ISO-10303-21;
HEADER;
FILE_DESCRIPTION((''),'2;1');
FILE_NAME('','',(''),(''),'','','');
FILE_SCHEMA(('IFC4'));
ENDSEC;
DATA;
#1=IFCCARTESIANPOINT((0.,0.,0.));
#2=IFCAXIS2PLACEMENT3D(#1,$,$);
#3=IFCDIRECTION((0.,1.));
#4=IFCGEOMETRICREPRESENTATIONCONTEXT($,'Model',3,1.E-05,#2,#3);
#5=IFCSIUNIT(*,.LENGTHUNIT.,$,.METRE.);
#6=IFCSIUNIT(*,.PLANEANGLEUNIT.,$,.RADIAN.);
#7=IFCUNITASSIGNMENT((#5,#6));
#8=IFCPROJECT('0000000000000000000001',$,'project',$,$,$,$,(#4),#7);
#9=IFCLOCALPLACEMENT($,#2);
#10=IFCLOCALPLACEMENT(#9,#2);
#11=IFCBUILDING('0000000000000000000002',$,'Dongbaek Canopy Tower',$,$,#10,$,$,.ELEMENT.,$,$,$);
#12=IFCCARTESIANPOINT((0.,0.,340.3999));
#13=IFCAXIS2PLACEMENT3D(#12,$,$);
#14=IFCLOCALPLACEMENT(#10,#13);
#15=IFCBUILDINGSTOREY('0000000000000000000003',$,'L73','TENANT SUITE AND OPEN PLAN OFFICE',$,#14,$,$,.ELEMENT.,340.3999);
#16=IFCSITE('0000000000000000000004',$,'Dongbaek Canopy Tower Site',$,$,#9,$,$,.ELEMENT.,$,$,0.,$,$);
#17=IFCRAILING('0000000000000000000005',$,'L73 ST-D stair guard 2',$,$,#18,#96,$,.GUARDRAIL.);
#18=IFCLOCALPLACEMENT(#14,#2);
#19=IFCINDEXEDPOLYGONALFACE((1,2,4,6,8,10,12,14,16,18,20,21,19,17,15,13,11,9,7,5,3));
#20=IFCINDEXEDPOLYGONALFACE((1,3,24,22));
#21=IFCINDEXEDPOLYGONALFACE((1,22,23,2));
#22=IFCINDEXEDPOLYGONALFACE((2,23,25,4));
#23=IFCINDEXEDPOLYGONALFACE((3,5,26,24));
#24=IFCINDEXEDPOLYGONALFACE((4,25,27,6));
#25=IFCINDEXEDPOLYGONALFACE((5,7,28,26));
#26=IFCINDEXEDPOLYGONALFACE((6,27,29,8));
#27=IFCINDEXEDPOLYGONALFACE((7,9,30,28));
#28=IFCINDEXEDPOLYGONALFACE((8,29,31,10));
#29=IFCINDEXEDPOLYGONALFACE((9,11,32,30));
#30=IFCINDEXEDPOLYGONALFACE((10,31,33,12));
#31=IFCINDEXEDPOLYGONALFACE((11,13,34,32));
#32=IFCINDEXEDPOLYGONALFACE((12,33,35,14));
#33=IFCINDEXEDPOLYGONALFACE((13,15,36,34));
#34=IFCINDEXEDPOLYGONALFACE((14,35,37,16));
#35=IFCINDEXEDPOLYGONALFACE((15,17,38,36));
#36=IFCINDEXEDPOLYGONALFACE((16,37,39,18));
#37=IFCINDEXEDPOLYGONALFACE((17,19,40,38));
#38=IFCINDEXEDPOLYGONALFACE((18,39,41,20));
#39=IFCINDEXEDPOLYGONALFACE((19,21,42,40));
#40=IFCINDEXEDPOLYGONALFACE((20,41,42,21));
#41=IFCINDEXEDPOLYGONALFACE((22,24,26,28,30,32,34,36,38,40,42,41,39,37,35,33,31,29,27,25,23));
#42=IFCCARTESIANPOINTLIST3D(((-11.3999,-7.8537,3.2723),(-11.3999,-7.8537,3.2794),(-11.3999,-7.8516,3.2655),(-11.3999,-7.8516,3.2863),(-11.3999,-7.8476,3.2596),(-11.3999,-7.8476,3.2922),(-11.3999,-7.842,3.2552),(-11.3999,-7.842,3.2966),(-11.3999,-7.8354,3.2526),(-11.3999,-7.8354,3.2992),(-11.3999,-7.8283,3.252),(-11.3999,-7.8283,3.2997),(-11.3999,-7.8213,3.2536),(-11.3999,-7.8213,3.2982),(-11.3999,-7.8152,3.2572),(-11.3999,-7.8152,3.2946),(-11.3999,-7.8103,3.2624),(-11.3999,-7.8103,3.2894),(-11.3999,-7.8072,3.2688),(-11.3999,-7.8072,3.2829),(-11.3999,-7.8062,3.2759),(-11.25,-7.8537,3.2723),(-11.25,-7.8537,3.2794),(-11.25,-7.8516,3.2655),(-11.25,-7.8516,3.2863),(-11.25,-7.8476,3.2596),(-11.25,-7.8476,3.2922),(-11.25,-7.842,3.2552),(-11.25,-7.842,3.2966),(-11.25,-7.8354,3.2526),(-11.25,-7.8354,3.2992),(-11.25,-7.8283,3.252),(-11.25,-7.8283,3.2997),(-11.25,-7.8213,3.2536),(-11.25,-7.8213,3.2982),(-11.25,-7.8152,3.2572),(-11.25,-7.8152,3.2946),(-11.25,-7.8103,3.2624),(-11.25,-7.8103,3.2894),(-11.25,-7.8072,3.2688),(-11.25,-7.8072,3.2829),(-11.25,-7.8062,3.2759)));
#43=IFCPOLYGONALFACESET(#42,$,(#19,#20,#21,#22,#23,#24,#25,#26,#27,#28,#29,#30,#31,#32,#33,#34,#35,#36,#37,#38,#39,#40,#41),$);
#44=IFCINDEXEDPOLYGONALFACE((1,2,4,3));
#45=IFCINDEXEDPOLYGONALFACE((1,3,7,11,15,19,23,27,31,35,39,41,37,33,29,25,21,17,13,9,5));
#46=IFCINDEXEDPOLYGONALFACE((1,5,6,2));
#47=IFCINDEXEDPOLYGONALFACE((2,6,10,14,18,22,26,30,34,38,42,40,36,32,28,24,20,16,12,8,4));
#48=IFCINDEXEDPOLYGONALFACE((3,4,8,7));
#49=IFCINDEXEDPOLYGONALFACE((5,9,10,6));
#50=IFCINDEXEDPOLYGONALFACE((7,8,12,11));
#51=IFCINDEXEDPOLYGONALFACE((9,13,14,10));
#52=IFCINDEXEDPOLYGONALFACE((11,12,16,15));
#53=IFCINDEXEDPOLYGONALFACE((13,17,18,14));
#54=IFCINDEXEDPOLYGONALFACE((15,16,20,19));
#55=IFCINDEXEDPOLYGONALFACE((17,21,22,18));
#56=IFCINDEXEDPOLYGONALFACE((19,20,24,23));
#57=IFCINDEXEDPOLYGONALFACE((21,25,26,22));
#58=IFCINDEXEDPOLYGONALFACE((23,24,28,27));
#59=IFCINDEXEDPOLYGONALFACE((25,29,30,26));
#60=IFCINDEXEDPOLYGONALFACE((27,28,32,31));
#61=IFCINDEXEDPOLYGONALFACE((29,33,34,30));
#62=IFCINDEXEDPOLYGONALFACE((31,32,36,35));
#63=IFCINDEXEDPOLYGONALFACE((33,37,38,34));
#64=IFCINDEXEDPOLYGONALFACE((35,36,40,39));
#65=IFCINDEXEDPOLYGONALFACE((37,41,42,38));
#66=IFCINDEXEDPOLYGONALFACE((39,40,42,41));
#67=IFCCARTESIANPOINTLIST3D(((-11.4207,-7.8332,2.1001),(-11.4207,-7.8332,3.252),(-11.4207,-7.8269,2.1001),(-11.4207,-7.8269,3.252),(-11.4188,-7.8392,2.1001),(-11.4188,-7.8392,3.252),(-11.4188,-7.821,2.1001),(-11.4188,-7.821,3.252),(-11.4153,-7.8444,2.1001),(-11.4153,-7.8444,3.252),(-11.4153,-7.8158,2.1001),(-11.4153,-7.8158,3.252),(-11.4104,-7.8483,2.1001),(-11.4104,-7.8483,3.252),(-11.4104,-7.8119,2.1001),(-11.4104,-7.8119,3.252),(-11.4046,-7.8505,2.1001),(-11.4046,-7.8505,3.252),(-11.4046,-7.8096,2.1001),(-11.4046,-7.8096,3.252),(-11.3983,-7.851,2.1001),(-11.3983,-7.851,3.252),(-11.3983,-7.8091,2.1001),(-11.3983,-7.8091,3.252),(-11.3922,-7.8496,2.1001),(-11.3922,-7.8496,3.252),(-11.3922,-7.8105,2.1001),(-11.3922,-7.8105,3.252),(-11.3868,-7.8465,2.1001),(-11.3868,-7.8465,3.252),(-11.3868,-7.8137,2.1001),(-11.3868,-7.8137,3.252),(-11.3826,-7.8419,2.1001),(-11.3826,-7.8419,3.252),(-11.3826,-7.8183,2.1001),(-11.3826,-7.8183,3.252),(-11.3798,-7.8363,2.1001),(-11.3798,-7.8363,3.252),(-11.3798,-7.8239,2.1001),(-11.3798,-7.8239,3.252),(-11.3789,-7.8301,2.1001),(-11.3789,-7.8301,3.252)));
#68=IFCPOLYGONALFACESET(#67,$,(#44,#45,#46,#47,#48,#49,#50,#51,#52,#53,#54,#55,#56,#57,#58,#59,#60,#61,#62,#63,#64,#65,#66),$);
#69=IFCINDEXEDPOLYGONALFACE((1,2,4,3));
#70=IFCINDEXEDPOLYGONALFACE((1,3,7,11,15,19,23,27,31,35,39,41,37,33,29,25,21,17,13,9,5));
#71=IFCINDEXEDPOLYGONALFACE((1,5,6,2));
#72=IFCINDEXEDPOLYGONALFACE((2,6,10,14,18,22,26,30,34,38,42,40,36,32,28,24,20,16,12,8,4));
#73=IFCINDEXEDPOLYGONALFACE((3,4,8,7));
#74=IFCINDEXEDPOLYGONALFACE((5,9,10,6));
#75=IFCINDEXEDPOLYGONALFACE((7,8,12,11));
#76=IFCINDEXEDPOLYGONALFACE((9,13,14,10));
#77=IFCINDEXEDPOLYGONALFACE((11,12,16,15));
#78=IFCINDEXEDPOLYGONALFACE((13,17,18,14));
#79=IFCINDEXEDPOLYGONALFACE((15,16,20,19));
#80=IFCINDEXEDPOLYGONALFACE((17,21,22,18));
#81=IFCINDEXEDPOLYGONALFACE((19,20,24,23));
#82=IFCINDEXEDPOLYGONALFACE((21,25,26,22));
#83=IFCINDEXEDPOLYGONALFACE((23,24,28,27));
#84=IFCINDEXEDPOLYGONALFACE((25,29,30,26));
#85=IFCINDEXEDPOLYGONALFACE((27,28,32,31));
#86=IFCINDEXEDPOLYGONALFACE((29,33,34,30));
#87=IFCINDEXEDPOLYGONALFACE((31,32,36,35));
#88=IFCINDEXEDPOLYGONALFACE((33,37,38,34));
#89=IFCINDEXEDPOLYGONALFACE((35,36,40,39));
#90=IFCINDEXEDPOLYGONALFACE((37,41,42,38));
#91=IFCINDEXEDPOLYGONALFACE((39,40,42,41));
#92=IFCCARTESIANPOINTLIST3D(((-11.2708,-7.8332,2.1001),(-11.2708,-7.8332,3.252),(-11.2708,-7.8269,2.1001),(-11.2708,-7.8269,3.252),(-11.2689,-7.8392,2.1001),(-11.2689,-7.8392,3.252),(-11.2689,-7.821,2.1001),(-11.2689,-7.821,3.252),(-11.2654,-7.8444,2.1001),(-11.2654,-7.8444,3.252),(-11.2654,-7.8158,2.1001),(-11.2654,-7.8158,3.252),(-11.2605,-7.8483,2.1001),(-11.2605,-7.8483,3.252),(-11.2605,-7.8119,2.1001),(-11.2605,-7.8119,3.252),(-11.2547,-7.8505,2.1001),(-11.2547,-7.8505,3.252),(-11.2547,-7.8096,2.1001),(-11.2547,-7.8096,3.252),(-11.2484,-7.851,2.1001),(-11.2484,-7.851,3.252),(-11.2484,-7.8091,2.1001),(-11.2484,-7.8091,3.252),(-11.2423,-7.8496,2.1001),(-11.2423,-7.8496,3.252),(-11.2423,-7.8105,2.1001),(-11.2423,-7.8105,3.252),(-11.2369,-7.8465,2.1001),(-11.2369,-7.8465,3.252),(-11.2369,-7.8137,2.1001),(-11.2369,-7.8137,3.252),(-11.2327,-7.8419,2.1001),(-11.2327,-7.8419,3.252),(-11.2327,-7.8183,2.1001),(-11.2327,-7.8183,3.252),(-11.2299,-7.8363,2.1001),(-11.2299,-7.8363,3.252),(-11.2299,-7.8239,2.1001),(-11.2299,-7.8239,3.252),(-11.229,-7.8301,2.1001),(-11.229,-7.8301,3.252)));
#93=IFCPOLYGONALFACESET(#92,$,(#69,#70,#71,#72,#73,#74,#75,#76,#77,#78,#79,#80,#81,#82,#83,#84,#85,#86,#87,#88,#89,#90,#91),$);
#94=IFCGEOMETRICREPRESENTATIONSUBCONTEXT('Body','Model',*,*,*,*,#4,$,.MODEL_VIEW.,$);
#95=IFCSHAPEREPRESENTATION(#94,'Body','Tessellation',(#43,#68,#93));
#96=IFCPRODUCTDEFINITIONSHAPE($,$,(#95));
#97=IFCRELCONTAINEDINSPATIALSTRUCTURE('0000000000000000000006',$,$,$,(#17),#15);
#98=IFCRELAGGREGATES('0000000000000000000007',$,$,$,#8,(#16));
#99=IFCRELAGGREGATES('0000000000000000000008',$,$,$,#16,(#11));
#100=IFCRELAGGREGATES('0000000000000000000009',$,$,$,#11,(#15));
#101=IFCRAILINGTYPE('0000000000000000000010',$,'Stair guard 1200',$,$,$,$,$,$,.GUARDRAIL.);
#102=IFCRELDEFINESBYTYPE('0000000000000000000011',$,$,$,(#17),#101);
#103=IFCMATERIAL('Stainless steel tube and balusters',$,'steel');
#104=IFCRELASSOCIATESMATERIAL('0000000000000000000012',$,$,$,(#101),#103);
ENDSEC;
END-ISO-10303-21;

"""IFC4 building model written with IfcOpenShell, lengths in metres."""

from ifc_helpers import new_model, si_unit, direction, frame, origin, origin_2d, place, context, subcontext, project, spatial, circle, extrude, material, type_object, element, save


model = new_model("IFC4")

# Units and contexts
model_context = context("Model", 3, precision=1e-05, world=origin(), true_north=direction((0.0, 1.0)))
body_context = subcontext(model_context, "Body", "Model", "MODEL_VIEW")
ifc_project = project(units=[si_unit("LENGTHUNIT", "METRE"), si_unit("PLANEANGLEUNIT", "RADIAN")], contexts=[model_context])

# Site, building, storey
site_placement = place(None, origin())
site = spatial("IfcSite", under=ifc_project, at=site_placement, Name="Dongbaek Canopy Tower Site", CompositionType="ELEMENT", RefElevation=0.0)
building_placement = place(site_placement, origin())
building = spatial("IfcBuilding", under=site, at=building_placement, Name="Dongbaek Canopy Tower", CompositionType="ELEMENT")
storey_placement = place(building_placement, frame((0.0, 0.0, 340.3999)))
storey = spatial("IfcBuildingStorey", under=building, at=storey_placement, Name="L73", Description="TENANT SUITE AND OPEN PLAN OFFICE", CompositionType="ELEMENT", Elevation=340.3999)

# Railing
ifc_material_1 = material(Name="Stainless steel tube and balusters", Category="steel")
railing_type_1 = type_object("IfcRailingType", Name="Stair guard 1200", PredefinedType="GUARDRAIL", material=ifc_material_1)
railing_1_placement = place(storey_placement, frame((-11.3999, -7.8301, 2.1001)))
element("IfcRailing", 1, at=railing_1_placement, inside=storey, type_object=railing_type_1, Name="L73 ST-D stair guard 2", PredefinedType="GUARDRAIL", context=body_context, shape_type="SweptSolid", body=[
    extrude(circle(Radius=0.0239, at=origin_2d()), frame((0.0, 0.0, 1.1758), z_axis=(1.0, 0.0, 0.0), x_axis=(0.0, 1.0, 0.0)), (0.0, 0.0, 1.0), 0.1499),
    extrude(circle(Radius=0.021, at=origin_2d()), origin(), (0.0, 0.0, 1.0), 1.1519),
    extrude(circle(Radius=0.021, at=origin_2d()), frame((0.1499, 0.0, 0.0)), (0.0, 0.0, 1.0), 1.1519),
])

save(model, "model.ifc")
